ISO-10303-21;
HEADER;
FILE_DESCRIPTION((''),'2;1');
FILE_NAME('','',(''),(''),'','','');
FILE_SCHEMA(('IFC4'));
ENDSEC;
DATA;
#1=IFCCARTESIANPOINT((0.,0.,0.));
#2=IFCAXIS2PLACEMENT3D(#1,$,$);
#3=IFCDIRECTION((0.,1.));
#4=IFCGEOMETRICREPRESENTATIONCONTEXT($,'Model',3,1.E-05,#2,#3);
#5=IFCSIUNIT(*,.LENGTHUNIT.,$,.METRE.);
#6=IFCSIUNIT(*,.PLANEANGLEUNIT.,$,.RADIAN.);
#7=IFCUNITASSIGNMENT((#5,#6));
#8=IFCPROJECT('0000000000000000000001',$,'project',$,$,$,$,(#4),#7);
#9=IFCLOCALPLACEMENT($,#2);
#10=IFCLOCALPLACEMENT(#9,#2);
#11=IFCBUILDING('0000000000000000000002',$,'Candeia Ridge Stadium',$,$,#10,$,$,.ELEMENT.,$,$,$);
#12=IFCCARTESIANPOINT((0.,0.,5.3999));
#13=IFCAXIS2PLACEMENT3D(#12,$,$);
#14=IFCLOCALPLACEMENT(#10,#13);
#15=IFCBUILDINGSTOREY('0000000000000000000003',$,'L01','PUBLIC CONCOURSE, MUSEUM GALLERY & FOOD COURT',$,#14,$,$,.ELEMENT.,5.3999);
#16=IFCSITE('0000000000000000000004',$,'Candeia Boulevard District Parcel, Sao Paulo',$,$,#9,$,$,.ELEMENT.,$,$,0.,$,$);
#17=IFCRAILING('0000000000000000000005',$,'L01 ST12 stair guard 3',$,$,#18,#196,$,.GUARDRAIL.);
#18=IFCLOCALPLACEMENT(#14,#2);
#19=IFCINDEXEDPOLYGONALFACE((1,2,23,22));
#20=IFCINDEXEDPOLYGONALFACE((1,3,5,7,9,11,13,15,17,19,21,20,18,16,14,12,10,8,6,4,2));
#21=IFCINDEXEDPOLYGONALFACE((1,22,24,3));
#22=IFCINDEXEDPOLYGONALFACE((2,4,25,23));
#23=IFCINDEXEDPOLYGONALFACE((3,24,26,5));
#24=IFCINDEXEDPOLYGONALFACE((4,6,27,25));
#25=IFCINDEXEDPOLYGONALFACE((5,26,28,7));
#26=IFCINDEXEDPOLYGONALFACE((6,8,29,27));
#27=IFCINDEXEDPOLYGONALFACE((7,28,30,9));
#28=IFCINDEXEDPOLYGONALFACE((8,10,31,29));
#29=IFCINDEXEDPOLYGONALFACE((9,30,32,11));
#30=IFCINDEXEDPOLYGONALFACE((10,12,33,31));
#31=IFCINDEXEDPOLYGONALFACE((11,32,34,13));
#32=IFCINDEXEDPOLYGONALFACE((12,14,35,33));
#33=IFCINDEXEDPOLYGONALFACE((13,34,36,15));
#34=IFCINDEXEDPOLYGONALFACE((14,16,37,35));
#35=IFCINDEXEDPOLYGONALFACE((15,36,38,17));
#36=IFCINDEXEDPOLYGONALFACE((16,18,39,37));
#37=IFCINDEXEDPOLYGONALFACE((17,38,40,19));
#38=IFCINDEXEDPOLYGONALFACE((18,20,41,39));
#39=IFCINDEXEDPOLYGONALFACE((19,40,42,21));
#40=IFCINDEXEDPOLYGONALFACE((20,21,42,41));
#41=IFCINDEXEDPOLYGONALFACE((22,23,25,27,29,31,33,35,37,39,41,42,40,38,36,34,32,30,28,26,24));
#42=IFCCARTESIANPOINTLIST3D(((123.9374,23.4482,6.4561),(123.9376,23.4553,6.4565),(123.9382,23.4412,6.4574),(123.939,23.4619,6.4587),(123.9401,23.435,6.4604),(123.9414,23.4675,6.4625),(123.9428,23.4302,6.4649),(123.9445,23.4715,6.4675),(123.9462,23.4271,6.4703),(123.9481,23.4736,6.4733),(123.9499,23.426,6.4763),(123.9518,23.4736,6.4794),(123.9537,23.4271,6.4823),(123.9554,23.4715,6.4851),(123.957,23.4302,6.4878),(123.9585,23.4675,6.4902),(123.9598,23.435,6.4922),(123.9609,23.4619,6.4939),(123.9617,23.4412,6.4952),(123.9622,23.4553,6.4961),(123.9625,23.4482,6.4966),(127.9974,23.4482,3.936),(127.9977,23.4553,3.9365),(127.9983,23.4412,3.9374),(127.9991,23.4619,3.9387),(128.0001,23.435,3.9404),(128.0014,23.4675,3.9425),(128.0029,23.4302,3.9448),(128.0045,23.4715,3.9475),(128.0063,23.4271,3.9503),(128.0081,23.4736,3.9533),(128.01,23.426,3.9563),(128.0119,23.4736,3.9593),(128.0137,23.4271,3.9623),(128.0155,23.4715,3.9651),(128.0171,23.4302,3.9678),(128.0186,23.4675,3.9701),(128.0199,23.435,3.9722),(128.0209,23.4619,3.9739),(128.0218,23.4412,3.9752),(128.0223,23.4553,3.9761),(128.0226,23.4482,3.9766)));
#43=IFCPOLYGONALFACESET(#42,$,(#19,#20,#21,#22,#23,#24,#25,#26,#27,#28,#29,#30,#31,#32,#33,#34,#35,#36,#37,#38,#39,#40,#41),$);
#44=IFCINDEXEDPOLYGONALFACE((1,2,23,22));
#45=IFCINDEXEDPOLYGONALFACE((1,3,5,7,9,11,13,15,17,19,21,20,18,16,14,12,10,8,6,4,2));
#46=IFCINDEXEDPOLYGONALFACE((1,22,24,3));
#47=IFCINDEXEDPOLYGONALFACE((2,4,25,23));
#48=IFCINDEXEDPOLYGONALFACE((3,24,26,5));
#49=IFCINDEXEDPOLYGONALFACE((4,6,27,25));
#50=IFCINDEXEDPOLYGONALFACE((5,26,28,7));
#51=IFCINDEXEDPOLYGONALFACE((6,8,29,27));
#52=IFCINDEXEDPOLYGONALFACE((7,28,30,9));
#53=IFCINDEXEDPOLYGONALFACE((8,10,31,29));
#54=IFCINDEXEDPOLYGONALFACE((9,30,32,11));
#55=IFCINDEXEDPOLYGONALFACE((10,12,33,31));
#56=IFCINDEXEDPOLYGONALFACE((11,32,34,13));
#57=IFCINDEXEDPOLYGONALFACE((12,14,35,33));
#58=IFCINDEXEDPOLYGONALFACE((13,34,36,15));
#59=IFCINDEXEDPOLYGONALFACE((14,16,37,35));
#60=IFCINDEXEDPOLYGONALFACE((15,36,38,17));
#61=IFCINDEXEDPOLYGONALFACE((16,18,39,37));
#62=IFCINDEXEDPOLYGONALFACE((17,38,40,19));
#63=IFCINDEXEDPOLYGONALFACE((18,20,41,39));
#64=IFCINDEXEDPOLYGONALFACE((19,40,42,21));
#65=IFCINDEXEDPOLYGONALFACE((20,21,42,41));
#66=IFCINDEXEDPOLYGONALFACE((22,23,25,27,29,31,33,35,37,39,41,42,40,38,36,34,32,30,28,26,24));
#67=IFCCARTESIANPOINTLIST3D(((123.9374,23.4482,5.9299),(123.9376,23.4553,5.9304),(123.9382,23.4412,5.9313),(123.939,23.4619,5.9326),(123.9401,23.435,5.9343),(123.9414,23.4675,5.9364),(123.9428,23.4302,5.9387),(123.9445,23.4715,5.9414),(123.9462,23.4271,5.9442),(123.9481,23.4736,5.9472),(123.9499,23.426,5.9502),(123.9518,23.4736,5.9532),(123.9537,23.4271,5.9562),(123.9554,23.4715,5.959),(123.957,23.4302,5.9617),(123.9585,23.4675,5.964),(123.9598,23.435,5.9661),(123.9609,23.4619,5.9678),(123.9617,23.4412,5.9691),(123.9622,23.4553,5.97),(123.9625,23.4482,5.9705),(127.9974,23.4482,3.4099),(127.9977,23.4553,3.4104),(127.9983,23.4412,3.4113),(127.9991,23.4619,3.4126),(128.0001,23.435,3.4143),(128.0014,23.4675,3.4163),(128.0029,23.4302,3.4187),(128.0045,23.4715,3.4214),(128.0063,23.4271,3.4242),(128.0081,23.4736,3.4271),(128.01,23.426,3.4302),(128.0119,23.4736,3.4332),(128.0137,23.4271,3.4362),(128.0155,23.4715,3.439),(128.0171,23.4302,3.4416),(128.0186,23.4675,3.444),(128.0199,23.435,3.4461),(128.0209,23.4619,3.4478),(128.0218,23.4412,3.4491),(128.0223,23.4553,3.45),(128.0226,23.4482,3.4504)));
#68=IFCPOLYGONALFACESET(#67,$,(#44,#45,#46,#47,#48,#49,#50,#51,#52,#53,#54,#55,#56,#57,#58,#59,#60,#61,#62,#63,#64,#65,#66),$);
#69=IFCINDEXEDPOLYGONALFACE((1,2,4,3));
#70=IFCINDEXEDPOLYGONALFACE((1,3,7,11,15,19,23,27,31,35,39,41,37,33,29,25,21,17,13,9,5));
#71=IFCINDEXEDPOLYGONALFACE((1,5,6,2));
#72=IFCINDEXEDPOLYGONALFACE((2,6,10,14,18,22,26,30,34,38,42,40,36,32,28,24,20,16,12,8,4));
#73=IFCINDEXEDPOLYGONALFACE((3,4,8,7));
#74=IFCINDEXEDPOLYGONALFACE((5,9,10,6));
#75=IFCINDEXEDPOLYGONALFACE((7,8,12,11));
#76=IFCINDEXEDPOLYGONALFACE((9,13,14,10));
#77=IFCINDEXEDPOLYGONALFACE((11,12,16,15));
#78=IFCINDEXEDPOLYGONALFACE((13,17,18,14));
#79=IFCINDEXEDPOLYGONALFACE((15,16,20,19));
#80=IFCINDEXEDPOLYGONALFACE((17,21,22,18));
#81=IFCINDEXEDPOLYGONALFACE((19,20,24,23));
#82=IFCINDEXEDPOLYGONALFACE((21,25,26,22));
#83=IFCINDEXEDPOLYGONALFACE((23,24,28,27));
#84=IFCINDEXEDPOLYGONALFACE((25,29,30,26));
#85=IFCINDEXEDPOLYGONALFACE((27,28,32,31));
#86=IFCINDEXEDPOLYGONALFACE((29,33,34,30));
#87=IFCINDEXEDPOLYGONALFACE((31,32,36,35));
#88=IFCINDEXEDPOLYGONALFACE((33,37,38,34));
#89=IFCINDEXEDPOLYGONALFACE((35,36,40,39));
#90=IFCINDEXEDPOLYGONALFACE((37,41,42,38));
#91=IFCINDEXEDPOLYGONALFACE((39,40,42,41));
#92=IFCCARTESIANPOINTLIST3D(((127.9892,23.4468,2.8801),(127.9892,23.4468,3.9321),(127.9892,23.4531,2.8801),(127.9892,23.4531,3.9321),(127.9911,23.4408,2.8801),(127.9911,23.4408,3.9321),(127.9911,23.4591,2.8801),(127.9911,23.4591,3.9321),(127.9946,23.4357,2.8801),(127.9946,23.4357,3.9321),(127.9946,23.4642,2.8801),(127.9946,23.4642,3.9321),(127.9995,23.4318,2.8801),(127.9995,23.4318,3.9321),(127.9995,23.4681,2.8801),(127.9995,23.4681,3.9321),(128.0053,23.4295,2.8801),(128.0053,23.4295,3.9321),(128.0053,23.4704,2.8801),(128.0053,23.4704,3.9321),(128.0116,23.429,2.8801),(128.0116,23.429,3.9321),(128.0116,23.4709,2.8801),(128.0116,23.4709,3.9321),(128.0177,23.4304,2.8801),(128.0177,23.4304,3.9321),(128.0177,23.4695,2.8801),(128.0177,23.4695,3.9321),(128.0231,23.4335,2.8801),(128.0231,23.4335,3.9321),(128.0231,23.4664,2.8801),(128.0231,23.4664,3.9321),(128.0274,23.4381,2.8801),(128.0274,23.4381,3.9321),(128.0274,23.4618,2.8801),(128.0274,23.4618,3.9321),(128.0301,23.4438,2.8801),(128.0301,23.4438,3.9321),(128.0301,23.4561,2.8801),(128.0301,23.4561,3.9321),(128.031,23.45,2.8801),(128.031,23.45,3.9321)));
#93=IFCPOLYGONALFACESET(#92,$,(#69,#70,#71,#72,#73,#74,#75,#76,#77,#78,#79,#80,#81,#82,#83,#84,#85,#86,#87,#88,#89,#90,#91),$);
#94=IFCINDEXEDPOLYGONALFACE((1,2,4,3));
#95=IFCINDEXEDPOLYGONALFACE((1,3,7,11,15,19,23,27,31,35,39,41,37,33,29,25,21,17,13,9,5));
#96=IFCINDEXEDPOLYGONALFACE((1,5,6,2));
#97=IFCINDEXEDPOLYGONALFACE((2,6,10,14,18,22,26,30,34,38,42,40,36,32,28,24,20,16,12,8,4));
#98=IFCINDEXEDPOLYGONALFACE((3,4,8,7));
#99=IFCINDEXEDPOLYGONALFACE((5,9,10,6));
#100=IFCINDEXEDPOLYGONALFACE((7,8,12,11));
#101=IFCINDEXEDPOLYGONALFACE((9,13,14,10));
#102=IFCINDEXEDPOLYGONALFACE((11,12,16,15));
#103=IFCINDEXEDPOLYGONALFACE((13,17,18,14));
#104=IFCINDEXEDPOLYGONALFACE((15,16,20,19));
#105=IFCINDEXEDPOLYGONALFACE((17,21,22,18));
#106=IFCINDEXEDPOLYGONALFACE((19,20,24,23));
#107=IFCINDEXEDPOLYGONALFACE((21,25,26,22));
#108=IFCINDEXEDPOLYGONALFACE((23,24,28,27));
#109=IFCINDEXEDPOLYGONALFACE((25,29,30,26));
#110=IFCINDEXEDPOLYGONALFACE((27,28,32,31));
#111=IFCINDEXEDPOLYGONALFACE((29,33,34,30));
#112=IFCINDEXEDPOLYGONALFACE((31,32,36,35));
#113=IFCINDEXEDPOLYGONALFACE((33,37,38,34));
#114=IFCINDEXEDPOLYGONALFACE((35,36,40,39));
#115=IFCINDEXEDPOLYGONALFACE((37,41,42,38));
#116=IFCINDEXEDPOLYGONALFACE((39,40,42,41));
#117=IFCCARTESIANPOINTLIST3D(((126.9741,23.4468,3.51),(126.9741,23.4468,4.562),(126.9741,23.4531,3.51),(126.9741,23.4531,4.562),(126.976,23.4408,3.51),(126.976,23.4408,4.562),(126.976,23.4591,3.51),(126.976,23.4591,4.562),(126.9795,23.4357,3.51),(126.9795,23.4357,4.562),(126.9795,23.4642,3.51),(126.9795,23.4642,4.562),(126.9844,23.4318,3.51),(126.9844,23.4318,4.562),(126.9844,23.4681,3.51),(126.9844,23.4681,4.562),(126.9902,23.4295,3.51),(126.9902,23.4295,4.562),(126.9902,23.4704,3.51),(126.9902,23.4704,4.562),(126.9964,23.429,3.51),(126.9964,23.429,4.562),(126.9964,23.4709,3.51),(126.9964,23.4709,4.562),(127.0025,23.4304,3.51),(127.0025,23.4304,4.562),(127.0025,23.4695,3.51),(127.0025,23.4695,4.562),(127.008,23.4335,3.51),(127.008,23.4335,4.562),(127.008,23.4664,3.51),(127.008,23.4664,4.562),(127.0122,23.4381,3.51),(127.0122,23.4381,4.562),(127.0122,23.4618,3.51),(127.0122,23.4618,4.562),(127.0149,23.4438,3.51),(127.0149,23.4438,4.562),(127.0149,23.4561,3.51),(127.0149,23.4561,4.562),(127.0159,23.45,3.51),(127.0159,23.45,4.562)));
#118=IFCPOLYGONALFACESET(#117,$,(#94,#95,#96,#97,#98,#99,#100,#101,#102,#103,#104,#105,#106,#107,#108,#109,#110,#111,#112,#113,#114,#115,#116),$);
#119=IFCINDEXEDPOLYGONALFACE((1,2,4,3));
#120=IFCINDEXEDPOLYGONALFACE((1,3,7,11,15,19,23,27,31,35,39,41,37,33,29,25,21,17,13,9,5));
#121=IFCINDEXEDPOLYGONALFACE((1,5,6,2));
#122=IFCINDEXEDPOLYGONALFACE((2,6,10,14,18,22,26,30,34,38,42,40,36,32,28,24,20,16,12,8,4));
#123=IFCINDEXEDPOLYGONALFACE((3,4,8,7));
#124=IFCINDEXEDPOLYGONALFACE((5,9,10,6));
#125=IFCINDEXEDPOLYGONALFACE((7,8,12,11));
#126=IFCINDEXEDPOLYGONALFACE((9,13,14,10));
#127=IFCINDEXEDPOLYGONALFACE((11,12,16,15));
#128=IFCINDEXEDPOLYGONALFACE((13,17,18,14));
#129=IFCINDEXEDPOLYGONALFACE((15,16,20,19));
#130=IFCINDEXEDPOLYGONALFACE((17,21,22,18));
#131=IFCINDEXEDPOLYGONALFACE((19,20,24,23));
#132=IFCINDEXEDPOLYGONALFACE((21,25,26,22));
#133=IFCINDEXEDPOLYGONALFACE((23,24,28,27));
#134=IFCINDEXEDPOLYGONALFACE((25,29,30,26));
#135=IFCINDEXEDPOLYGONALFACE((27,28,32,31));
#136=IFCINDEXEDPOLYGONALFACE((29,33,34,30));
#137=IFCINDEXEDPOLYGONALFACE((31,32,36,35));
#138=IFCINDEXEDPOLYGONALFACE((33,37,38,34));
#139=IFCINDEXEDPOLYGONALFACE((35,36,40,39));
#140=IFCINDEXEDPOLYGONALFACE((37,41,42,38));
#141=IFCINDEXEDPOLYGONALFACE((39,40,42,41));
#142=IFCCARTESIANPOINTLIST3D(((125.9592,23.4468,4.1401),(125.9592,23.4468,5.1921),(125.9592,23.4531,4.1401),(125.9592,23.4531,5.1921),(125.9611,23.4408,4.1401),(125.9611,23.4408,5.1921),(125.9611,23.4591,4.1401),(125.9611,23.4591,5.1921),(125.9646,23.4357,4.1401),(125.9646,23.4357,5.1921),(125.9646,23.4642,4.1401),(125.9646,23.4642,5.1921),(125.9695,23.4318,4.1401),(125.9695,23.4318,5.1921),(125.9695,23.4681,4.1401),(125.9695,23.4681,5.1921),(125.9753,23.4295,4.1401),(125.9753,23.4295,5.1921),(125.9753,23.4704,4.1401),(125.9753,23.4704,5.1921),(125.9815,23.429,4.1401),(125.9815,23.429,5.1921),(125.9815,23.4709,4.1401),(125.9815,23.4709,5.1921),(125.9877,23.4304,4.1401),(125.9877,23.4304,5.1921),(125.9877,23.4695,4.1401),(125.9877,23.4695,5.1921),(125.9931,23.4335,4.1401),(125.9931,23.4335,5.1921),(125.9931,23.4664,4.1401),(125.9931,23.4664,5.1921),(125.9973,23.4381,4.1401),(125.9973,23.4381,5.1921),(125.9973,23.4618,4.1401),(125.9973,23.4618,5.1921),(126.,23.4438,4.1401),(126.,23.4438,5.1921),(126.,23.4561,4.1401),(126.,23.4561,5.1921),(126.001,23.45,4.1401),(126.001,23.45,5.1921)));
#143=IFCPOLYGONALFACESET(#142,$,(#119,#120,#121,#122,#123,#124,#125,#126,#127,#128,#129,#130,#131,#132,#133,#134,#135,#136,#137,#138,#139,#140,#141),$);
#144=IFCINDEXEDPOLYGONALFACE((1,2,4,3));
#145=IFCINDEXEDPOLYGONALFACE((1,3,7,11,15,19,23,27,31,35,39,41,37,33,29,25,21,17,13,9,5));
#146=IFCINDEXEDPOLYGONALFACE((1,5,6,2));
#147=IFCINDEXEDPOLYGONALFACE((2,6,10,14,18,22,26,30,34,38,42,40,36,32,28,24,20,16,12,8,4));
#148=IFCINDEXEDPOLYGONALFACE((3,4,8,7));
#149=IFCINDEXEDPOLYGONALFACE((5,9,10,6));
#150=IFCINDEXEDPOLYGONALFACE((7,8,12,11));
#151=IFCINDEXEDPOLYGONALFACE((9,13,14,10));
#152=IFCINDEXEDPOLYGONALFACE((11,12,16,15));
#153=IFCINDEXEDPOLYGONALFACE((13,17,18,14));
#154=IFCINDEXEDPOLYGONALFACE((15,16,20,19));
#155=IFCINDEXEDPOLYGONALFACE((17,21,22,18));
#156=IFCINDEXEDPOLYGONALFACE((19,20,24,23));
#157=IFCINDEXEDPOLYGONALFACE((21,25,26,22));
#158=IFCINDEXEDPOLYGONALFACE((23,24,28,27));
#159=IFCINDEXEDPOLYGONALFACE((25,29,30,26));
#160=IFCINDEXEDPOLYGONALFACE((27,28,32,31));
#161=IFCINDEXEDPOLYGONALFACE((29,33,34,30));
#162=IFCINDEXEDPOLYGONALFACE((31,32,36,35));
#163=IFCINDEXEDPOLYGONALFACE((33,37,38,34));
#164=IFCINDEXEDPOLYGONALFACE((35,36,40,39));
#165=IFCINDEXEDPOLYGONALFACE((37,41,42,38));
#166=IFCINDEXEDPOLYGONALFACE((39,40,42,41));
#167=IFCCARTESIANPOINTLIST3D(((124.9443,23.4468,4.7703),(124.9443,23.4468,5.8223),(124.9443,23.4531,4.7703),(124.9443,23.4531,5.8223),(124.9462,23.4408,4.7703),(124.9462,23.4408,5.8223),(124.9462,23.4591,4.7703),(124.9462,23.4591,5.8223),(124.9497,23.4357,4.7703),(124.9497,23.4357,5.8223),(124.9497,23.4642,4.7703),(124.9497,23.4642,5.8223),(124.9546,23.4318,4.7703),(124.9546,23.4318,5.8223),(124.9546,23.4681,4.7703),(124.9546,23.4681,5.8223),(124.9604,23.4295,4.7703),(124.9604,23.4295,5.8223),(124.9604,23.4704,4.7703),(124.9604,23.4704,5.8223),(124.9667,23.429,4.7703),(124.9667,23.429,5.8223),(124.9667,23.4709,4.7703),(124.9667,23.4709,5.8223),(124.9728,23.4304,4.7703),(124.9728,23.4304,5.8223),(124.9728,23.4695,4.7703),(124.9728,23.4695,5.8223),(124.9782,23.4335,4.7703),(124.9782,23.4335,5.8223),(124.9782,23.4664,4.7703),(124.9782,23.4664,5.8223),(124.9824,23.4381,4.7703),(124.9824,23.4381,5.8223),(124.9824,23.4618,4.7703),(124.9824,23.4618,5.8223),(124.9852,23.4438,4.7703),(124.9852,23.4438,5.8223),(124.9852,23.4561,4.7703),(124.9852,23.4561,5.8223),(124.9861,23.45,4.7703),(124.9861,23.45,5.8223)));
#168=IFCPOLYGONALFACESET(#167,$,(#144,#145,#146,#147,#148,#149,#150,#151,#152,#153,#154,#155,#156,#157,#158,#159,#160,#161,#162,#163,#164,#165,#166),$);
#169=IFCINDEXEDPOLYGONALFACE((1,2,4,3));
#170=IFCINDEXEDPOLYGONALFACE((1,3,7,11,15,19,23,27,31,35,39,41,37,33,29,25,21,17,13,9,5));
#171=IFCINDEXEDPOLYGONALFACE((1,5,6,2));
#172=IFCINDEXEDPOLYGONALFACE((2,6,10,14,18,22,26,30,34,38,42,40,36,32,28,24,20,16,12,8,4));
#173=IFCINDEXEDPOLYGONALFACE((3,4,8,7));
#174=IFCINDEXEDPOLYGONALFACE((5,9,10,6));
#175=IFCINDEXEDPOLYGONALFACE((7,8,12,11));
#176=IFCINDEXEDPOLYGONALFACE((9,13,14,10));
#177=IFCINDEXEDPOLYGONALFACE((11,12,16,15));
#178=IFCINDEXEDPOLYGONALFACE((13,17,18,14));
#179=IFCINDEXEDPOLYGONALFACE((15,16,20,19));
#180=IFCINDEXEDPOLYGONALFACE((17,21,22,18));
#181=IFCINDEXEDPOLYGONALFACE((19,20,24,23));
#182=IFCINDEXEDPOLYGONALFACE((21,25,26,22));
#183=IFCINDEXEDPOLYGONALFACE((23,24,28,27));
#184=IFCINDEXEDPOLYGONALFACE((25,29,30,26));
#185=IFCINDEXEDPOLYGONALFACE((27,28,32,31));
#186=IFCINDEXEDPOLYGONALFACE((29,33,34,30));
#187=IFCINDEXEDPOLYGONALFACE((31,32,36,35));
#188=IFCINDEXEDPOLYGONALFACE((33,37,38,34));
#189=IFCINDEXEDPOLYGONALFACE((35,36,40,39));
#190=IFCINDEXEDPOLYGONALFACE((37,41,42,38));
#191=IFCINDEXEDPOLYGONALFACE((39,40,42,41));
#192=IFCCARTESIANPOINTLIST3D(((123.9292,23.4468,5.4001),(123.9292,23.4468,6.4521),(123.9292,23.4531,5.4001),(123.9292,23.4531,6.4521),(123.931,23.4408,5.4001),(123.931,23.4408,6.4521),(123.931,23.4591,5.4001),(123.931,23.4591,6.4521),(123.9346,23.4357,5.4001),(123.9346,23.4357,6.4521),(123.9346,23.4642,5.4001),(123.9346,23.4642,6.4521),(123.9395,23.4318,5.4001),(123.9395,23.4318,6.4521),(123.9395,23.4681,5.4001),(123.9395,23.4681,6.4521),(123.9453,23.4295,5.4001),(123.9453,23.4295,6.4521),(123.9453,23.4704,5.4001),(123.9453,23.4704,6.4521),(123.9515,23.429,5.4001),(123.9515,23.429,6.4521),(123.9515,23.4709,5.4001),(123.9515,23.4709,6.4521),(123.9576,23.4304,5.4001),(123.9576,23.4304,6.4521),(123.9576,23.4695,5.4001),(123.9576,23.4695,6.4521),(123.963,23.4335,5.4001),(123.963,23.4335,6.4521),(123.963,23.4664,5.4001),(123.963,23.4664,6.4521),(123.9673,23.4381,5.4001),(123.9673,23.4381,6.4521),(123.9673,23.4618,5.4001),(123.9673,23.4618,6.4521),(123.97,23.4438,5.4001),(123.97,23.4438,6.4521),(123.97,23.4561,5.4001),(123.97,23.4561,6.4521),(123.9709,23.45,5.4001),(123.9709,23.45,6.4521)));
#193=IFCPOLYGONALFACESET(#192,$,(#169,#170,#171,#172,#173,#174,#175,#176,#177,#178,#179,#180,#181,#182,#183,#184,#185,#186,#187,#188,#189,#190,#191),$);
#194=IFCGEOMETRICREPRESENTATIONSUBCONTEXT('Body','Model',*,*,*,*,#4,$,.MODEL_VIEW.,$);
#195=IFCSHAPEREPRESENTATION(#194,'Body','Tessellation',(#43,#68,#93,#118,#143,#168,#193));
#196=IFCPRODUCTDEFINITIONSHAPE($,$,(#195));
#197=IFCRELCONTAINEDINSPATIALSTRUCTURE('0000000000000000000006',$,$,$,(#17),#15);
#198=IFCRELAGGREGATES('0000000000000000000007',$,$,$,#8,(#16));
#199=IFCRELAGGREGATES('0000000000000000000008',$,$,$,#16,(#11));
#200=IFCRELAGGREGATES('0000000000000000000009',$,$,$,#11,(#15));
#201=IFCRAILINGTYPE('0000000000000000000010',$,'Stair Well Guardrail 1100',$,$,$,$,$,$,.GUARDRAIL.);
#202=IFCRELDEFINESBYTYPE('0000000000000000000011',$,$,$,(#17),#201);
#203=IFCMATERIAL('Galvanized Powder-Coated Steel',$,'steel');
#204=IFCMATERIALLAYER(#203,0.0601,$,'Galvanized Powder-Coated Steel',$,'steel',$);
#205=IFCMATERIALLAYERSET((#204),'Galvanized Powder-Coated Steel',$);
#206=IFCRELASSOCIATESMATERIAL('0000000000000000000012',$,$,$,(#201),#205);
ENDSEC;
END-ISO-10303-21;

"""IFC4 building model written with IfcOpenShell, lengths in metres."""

from ifc_helpers import new_model, si_unit, direction, frame, origin, origin_2d, place, context, subcontext, project, spatial, circle, extrude, material, layer, layer_set, type_object, element, save


model = new_model("IFC4")

# Units and contexts
model_context = context("Model", 3, precision=1e-05, world=origin(), true_north=direction((0.0, 1.0)))
body_context = subcontext(model_context, "Body", "Model", "MODEL_VIEW")
ifc_project = project(units=[si_unit("LENGTHUNIT", "METRE"), si_unit("PLANEANGLEUNIT", "RADIAN")], contexts=[model_context])

# Site, building, storey
site_placement = place(None, origin())
site = spatial("IfcSite", under=ifc_project, at=site_placement, Name="Candeia Boulevard District Parcel, Sao Paulo", CompositionType="ELEMENT", RefElevation=0.0)
building_placement = place(site_placement, origin())
building = spatial("IfcBuilding", under=site, at=building_placement, Name="Candeia Ridge Stadium", CompositionType="ELEMENT")
storey_placement = place(building_placement, frame((0.0, 0.0, 5.3999)))
storey = spatial("IfcBuildingStorey", under=building, at=storey_placement, Name="L01", Description="PUBLIC CONCOURSE, MUSEUM GALLERY & FOOD COURT", CompositionType="ELEMENT", Elevation=5.3999)

# Railing
ifc_material_1 = material(Name="Galvanized Powder-Coated Steel", Category="steel")
ifc_layer_1 = layer(ifc_material_1, 0.0601, Name="Galvanized Powder-Coated Steel", Category="steel")
ifc_layer_set_1 = layer_set([ifc_layer_1], Name="Galvanized Powder-Coated Steel")
railing_type_1 = type_object("IfcRailingType", Name="Stair Well Guardrail 1100", PredefinedType="GUARDRAIL", material=ifc_layer_set_1)
railing_1_placement = place(storey_placement, frame((128.01, 23.45, 2.8801)))
element("IfcRailing", 1, at=railing_1_placement, inside=storey, type_object=railing_type_1, Name="L01 ST12 stair guard 3", PredefinedType="GUARDRAIL", context=body_context, shape_type="SweptSolid", body=[
    extrude(circle(Radius=0.0239, at=origin_2d()), frame((0.0, 0.0, 1.0762), z_axis=(-0.849642, 0.0, 0.52736), x_axis=(0.0, -1.0, 0.0)), (0.0, 0.0, 1.0), 4.7786),
    extrude(circle(Radius=0.0239, at=origin_2d()), frame((0.0, 0.0, 0.55), z_axis=(-0.849642, 0.0, 0.52736), x_axis=(0.0, -1.0, 0.0)), (0.0, 0.0, 1.0), 4.7786),
    extrude(circle(Radius=0.021, at=origin_2d()), origin(), (0.0, 0.0, 1.0), 1.052),
    extrude(circle(Radius=0.021, at=origin_2d()), frame((-1.0151, 0.0, 0.6299)), (0.0, 0.0, 1.0), 1.052),
    extrude(circle(Radius=0.021, at=origin_2d()), frame((-2.03, 0.0, 1.26)), (0.0, 0.0, 1.0), 1.052),
    extrude(circle(Radius=0.021, at=origin_2d()), frame((-3.0449, 0.0, 1.8901)), (0.0, 0.0, 1.0), 1.052),
    extrude(circle(Radius=0.021, at=origin_2d()), frame((-4.0601, 0.0, 2.52)), (0.0, 0.0, 1.0), 1.052),
])

save(model, "model.ifc")
